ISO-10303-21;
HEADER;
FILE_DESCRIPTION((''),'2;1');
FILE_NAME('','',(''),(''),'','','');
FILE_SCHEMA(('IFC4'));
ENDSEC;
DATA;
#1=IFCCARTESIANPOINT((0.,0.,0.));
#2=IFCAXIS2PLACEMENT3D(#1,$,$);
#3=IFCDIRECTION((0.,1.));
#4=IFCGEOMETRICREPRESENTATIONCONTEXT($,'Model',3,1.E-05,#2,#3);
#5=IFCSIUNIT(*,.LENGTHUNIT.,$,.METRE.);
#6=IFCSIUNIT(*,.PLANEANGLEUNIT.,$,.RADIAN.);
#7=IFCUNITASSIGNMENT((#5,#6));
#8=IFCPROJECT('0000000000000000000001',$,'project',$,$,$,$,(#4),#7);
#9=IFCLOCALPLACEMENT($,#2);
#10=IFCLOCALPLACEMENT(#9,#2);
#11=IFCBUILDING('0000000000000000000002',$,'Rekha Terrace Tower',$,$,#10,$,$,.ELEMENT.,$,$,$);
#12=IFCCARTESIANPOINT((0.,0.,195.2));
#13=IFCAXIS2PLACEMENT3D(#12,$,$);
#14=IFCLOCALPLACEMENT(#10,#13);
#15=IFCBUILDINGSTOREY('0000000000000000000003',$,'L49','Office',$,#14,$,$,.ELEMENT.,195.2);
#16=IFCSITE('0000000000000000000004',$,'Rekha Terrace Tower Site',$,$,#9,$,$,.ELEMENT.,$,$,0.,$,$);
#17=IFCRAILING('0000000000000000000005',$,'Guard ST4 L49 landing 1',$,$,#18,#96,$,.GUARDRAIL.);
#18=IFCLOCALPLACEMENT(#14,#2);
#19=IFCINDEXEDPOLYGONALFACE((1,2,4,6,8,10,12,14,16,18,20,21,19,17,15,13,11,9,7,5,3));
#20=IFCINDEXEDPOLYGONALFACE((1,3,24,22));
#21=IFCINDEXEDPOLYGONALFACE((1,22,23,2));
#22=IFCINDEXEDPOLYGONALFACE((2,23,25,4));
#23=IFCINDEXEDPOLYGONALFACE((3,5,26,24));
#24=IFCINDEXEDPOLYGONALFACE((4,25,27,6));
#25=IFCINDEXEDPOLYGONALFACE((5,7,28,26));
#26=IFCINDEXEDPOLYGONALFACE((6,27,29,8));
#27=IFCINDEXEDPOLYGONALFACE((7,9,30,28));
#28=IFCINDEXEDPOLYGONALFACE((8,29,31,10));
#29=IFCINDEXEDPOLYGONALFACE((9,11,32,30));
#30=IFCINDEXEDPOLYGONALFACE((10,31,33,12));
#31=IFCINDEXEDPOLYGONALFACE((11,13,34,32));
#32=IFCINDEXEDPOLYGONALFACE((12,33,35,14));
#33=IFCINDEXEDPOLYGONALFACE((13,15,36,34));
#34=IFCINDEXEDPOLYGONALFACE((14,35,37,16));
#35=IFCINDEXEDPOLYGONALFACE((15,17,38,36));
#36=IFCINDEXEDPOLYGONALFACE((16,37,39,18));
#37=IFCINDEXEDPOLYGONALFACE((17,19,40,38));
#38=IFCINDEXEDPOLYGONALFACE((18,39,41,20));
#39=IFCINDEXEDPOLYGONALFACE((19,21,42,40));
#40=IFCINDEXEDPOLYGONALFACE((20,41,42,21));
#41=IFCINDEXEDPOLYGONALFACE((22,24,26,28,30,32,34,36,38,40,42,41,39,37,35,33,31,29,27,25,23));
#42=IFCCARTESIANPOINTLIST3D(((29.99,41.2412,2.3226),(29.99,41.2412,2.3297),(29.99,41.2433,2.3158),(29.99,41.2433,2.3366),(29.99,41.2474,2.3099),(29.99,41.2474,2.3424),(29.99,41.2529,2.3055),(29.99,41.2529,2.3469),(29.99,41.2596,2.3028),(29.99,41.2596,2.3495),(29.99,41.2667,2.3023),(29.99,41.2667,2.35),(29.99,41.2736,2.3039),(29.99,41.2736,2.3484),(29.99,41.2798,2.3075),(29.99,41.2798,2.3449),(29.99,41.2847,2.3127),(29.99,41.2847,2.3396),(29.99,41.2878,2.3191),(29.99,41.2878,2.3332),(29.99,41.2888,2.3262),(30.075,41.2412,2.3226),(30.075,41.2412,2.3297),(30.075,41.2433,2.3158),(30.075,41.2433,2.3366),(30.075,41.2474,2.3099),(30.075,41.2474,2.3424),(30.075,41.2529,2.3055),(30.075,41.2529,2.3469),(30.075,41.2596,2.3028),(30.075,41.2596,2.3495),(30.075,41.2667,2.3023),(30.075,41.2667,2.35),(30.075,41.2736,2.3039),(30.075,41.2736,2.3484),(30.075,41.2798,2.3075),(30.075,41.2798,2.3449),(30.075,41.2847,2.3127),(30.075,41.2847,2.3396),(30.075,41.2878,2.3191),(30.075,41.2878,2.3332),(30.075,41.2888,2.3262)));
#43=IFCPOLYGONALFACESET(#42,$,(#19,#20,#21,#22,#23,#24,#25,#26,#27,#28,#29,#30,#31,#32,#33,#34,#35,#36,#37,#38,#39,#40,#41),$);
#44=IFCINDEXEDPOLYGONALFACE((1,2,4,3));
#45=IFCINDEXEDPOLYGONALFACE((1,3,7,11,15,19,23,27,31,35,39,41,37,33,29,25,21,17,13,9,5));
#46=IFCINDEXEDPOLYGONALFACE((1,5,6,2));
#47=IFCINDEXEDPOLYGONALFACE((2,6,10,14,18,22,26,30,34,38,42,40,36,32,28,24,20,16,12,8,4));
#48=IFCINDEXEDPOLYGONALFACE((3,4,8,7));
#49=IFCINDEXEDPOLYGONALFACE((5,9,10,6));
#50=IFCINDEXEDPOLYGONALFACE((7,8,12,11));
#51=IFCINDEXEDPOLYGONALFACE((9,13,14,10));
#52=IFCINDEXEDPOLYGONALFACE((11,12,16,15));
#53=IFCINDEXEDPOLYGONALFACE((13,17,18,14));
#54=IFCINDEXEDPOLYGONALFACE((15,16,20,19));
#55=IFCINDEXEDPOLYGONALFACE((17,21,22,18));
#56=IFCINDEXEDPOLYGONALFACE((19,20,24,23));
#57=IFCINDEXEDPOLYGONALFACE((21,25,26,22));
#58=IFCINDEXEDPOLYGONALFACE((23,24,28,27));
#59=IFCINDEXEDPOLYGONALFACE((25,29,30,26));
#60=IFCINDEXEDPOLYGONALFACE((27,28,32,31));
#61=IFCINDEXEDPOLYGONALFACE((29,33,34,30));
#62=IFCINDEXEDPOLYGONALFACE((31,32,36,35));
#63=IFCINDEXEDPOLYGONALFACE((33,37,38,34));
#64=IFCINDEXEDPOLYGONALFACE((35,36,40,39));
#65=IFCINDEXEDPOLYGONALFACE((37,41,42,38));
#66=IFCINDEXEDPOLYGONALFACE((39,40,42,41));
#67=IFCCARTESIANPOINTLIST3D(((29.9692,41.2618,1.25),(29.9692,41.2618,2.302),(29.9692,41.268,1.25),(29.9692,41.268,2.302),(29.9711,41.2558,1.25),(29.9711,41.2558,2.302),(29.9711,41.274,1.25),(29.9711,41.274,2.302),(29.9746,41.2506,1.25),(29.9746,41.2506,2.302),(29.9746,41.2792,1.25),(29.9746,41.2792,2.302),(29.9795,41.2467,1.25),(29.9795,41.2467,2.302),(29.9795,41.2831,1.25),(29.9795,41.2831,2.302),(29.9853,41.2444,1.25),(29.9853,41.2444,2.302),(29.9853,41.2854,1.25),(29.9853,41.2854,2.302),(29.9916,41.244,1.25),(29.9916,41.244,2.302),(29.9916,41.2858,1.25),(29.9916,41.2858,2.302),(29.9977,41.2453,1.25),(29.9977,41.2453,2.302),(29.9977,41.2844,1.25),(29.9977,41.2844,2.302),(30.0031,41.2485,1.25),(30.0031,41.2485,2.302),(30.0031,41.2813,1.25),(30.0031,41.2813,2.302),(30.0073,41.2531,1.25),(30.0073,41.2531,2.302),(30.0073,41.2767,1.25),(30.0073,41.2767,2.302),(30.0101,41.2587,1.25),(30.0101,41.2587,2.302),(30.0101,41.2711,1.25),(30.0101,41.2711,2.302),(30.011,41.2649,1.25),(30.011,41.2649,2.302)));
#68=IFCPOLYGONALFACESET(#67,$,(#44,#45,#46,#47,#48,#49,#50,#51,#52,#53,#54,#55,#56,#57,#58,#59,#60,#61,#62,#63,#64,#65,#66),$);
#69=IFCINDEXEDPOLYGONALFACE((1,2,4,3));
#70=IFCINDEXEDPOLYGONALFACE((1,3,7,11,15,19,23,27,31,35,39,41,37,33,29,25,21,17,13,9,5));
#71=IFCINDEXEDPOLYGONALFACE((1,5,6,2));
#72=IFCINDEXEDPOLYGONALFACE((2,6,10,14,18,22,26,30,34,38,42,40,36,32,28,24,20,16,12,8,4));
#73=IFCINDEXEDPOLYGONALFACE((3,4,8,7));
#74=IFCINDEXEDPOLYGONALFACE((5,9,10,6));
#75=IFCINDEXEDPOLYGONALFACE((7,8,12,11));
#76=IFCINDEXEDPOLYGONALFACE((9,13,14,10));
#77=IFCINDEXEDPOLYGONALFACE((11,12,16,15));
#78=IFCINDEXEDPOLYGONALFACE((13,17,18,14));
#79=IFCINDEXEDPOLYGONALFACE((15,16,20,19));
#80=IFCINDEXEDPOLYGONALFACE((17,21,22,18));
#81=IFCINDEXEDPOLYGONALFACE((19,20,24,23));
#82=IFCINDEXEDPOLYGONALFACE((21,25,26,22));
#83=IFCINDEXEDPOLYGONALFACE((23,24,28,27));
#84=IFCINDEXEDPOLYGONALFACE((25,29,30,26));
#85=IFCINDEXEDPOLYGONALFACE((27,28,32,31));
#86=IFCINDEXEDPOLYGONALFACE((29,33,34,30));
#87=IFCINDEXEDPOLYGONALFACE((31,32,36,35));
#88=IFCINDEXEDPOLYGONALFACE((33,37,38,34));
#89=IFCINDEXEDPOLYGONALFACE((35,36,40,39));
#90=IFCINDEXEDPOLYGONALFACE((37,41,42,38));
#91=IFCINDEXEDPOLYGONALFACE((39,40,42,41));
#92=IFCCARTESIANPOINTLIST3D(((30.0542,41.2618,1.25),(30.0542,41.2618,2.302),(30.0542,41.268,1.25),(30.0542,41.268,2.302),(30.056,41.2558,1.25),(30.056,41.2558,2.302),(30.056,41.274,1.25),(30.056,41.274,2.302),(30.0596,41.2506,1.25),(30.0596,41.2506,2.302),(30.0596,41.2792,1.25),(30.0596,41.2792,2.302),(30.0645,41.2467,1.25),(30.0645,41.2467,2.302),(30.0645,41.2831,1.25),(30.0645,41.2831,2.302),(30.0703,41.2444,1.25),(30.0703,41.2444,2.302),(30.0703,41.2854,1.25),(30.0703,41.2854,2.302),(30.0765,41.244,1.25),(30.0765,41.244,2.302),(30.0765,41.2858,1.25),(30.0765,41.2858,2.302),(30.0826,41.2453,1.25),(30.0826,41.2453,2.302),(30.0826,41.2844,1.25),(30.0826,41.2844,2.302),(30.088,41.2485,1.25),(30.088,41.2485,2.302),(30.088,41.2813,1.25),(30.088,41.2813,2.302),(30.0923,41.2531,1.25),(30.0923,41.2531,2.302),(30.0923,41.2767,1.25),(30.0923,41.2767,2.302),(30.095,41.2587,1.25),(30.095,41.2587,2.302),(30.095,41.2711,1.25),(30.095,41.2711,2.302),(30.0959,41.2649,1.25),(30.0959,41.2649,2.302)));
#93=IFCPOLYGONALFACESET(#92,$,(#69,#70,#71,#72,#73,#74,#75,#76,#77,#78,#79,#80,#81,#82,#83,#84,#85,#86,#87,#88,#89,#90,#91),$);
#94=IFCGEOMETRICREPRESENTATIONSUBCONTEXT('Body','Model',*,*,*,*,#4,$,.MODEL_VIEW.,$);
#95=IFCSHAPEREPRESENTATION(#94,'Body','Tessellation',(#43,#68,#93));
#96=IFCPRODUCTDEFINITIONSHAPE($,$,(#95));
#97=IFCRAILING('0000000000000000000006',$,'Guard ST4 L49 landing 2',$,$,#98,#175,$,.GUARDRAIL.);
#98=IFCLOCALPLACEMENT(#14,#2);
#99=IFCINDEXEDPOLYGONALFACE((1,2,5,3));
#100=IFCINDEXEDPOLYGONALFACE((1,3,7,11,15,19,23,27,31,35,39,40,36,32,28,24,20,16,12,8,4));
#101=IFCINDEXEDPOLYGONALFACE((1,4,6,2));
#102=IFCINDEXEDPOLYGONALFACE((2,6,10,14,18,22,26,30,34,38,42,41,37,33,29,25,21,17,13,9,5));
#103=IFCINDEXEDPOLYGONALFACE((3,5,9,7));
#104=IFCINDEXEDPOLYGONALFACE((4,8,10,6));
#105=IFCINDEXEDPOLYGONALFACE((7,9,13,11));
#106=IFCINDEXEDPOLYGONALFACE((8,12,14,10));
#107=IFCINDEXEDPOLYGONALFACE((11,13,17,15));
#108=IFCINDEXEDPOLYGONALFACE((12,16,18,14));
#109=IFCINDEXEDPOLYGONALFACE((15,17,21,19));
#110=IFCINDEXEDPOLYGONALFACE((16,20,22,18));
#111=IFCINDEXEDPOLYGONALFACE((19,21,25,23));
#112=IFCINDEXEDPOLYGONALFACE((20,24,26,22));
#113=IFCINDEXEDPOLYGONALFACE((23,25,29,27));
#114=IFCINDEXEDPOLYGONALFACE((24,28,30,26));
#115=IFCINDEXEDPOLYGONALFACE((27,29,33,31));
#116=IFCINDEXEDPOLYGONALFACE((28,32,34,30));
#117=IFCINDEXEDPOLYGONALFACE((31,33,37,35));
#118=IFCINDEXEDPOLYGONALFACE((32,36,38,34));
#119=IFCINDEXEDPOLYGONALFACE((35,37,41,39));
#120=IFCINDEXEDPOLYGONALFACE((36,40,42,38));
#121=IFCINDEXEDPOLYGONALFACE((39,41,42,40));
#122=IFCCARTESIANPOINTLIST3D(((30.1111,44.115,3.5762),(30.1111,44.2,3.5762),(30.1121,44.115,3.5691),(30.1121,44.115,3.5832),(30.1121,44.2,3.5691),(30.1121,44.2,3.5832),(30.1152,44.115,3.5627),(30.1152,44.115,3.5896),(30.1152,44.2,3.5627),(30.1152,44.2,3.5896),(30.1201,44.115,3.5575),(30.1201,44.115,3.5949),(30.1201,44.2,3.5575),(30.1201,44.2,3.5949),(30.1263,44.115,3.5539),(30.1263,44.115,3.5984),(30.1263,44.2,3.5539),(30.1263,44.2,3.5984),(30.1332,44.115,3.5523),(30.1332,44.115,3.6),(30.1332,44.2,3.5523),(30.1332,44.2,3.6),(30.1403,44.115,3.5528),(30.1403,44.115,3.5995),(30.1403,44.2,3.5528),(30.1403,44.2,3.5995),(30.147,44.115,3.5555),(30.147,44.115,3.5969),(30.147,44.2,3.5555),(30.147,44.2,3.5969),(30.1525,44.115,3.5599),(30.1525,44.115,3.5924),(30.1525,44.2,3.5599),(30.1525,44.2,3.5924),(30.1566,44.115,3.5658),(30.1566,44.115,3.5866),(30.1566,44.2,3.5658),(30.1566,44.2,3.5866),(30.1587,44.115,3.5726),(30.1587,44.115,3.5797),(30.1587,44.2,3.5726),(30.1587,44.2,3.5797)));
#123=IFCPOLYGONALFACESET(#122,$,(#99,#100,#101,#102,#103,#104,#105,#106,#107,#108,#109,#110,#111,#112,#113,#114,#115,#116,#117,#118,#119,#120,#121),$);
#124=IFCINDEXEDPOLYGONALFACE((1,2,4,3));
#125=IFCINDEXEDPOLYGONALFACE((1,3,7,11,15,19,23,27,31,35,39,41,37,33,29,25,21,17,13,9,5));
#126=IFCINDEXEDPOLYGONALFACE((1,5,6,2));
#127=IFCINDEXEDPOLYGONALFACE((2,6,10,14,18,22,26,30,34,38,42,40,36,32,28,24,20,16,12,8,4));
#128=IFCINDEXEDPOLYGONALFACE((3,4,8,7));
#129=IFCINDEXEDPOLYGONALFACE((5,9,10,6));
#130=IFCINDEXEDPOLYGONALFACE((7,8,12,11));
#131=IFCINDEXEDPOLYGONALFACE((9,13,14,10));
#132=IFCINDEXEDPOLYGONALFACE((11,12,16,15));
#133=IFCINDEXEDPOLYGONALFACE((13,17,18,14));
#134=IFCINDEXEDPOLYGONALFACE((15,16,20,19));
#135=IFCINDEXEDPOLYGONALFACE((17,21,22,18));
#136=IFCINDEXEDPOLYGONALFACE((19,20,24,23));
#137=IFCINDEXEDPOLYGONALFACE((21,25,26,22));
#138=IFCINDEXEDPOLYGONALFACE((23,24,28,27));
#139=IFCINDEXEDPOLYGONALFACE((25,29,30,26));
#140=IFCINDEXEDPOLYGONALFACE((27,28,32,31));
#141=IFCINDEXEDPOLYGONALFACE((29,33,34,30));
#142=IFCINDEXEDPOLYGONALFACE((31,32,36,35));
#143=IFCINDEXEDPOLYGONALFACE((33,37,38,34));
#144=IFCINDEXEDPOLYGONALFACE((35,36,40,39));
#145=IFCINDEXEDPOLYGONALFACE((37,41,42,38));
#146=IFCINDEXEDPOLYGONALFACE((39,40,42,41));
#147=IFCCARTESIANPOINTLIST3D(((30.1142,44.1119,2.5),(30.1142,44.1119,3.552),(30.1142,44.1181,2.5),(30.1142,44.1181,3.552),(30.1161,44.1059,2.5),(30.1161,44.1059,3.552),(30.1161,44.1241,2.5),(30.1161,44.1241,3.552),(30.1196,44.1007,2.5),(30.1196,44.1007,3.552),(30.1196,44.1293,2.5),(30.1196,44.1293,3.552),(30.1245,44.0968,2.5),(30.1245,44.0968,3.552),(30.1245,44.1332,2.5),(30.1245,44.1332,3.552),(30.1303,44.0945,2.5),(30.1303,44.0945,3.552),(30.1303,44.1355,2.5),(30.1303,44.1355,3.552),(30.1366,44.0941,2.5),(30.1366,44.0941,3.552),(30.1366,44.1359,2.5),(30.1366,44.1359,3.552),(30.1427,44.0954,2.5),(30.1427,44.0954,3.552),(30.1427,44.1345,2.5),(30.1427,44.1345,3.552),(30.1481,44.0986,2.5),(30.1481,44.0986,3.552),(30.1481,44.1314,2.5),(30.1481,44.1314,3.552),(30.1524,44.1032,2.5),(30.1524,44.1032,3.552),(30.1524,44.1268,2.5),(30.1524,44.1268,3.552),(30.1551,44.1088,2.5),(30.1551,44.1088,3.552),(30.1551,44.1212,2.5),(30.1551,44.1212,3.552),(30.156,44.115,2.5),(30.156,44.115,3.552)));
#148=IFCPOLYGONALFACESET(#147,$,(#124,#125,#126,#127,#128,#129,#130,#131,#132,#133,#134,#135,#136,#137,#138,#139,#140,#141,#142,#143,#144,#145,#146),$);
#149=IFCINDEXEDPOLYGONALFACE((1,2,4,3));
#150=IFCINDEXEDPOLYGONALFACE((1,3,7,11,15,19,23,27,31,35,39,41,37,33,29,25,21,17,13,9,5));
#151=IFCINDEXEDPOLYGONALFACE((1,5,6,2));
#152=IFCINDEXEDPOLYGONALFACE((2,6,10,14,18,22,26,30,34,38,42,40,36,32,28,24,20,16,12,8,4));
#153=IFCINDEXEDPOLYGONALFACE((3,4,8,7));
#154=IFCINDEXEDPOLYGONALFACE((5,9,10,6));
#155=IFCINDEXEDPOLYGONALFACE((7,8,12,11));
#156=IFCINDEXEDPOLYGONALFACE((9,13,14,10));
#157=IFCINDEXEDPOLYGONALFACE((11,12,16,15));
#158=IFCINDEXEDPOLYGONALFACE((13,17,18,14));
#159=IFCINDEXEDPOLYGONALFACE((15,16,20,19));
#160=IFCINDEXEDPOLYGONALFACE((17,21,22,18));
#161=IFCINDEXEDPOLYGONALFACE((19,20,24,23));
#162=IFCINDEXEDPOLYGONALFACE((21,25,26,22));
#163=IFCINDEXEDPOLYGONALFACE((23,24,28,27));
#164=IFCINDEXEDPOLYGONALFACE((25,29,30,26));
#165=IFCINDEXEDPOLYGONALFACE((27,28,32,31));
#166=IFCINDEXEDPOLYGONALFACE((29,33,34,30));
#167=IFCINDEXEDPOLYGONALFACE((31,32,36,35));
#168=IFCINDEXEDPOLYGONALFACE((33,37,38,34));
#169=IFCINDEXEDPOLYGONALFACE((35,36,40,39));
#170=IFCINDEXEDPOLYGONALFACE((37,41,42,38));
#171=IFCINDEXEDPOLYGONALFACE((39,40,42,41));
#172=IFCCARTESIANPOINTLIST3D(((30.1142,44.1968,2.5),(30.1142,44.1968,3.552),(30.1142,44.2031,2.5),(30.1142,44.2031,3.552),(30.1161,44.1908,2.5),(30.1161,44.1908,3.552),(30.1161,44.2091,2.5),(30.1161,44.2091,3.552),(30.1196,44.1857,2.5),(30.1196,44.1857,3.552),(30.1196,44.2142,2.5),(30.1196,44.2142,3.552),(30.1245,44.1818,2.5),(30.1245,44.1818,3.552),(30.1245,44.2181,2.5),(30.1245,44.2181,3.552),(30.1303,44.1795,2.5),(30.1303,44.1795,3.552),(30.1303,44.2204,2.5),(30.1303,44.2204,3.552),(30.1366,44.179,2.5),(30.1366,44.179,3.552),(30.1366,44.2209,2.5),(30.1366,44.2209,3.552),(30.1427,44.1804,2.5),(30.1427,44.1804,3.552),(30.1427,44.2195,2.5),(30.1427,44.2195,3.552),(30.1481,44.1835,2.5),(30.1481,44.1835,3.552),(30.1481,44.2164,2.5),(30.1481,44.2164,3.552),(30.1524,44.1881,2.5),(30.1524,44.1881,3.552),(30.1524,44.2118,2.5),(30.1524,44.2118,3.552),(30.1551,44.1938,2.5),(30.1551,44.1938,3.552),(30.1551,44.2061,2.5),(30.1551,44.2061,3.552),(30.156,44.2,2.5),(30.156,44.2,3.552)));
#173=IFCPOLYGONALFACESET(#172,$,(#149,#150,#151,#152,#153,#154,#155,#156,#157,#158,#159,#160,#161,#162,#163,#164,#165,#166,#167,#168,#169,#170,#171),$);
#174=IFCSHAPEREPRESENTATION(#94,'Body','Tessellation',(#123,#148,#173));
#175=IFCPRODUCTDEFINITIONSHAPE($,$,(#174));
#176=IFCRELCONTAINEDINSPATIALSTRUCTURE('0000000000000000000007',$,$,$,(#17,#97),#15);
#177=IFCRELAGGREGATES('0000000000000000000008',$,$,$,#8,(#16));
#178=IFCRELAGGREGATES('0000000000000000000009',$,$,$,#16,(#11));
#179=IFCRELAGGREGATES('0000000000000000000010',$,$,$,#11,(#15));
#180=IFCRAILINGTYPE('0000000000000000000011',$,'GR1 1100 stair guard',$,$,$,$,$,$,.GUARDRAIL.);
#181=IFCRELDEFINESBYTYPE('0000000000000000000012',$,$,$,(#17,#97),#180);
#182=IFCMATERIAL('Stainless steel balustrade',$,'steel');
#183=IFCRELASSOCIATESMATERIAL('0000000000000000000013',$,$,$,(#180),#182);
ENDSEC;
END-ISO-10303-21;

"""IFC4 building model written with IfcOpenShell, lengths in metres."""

from ifc_helpers import new_model, si_unit, direction, frame, origin, origin_2d, place, context, subcontext, project, spatial, circle, extrude, material, type_object, element, save


model = new_model("IFC4")

# Units and contexts
model_context = context("Model", 3, precision=1e-05, world=origin(), true_north=direction((0.0, 1.0)))
body_context = subcontext(model_context, "Body", "Model", "MODEL_VIEW")
ifc_project = project(units=[si_unit("LENGTHUNIT", "METRE"), si_unit("PLANEANGLEUNIT", "RADIAN")], contexts=[model_context])

# Site, building, storey
site_placement = place(None, origin())
site = spatial("IfcSite", under=ifc_project, at=site_placement, Name="Rekha Terrace Tower Site", CompositionType="ELEMENT", RefElevation=0.0)
building_placement = place(site_placement, origin())
building = spatial("IfcBuilding", under=site, at=building_placement, Name="Rekha Terrace Tower", CompositionType="ELEMENT")
storey_placement = place(building_placement, frame((0.0, 0.0, 195.2)))
storey = spatial("IfcBuildingStorey", under=building, at=storey_placement, Name="L49", Description="Office", CompositionType="ELEMENT", Elevation=195.2)

# Railings
ifc_material_1 = material(Name="Stainless steel balustrade", Category="steel")
railing_type_1 = type_object("IfcRailingType", Name="GR1 1100 stair guard", PredefinedType="GUARDRAIL", material=ifc_material_1)
railing_1_placement = place(storey_placement, frame((29.99, 41.2649, 1.25)))
element("IfcRailing", 1, at=railing_1_placement, inside=storey, type_object=railing_type_1, Name="Guard ST4 L49 landing 1", PredefinedType="GUARDRAIL", context=body_context, shape_type="SweptSolid", body=[
    extrude(circle(Radius=0.0239, at=origin_2d()), frame((0.0, 0.0, 1.0762), z_axis=(1.0, 0.0, 0.0), x_axis=(0.0, 1.0, 0.0)), (0.0, 0.0, 1.0), 0.085),
    extrude(circle(Radius=0.021, at=origin_2d()), origin(), (0.0, 0.0, 1.0), 1.052),
    extrude(circle(Radius=0.021, at=origin_2d()), frame((0.085, 0.0, 0.0)), (0.0, 0.0, 1.0), 1.052),
])
railing_2_placement = place(storey_placement, frame((30.135, 44.115, 2.5)))
element("IfcRailing", 2, at=railing_2_placement, inside=storey, type_object=railing_type_1, Name="Guard ST4 L49 landing 2", PredefinedType="GUARDRAIL", context=body_context, shape_type="SweptSolid", body=[
    extrude(circle(Radius=0.0239, at=origin_2d()), frame((0.0, 0.0, 1.0762), z_axis=(0.0, 1.0, 0.0), x_axis=(-1.0, 0.0, 0.0)), (0.0, 0.0, 1.0), 0.085),
    extrude(circle(Radius=0.021, at=origin_2d()), origin(), (0.0, 0.0, 1.0), 1.052),
    extrude(circle(Radius=0.021, at=origin_2d()), frame((0.0, 0.085, 0.0)), (0.0, 0.0, 1.0), 1.052),
])

save(model, "model.ifc")
